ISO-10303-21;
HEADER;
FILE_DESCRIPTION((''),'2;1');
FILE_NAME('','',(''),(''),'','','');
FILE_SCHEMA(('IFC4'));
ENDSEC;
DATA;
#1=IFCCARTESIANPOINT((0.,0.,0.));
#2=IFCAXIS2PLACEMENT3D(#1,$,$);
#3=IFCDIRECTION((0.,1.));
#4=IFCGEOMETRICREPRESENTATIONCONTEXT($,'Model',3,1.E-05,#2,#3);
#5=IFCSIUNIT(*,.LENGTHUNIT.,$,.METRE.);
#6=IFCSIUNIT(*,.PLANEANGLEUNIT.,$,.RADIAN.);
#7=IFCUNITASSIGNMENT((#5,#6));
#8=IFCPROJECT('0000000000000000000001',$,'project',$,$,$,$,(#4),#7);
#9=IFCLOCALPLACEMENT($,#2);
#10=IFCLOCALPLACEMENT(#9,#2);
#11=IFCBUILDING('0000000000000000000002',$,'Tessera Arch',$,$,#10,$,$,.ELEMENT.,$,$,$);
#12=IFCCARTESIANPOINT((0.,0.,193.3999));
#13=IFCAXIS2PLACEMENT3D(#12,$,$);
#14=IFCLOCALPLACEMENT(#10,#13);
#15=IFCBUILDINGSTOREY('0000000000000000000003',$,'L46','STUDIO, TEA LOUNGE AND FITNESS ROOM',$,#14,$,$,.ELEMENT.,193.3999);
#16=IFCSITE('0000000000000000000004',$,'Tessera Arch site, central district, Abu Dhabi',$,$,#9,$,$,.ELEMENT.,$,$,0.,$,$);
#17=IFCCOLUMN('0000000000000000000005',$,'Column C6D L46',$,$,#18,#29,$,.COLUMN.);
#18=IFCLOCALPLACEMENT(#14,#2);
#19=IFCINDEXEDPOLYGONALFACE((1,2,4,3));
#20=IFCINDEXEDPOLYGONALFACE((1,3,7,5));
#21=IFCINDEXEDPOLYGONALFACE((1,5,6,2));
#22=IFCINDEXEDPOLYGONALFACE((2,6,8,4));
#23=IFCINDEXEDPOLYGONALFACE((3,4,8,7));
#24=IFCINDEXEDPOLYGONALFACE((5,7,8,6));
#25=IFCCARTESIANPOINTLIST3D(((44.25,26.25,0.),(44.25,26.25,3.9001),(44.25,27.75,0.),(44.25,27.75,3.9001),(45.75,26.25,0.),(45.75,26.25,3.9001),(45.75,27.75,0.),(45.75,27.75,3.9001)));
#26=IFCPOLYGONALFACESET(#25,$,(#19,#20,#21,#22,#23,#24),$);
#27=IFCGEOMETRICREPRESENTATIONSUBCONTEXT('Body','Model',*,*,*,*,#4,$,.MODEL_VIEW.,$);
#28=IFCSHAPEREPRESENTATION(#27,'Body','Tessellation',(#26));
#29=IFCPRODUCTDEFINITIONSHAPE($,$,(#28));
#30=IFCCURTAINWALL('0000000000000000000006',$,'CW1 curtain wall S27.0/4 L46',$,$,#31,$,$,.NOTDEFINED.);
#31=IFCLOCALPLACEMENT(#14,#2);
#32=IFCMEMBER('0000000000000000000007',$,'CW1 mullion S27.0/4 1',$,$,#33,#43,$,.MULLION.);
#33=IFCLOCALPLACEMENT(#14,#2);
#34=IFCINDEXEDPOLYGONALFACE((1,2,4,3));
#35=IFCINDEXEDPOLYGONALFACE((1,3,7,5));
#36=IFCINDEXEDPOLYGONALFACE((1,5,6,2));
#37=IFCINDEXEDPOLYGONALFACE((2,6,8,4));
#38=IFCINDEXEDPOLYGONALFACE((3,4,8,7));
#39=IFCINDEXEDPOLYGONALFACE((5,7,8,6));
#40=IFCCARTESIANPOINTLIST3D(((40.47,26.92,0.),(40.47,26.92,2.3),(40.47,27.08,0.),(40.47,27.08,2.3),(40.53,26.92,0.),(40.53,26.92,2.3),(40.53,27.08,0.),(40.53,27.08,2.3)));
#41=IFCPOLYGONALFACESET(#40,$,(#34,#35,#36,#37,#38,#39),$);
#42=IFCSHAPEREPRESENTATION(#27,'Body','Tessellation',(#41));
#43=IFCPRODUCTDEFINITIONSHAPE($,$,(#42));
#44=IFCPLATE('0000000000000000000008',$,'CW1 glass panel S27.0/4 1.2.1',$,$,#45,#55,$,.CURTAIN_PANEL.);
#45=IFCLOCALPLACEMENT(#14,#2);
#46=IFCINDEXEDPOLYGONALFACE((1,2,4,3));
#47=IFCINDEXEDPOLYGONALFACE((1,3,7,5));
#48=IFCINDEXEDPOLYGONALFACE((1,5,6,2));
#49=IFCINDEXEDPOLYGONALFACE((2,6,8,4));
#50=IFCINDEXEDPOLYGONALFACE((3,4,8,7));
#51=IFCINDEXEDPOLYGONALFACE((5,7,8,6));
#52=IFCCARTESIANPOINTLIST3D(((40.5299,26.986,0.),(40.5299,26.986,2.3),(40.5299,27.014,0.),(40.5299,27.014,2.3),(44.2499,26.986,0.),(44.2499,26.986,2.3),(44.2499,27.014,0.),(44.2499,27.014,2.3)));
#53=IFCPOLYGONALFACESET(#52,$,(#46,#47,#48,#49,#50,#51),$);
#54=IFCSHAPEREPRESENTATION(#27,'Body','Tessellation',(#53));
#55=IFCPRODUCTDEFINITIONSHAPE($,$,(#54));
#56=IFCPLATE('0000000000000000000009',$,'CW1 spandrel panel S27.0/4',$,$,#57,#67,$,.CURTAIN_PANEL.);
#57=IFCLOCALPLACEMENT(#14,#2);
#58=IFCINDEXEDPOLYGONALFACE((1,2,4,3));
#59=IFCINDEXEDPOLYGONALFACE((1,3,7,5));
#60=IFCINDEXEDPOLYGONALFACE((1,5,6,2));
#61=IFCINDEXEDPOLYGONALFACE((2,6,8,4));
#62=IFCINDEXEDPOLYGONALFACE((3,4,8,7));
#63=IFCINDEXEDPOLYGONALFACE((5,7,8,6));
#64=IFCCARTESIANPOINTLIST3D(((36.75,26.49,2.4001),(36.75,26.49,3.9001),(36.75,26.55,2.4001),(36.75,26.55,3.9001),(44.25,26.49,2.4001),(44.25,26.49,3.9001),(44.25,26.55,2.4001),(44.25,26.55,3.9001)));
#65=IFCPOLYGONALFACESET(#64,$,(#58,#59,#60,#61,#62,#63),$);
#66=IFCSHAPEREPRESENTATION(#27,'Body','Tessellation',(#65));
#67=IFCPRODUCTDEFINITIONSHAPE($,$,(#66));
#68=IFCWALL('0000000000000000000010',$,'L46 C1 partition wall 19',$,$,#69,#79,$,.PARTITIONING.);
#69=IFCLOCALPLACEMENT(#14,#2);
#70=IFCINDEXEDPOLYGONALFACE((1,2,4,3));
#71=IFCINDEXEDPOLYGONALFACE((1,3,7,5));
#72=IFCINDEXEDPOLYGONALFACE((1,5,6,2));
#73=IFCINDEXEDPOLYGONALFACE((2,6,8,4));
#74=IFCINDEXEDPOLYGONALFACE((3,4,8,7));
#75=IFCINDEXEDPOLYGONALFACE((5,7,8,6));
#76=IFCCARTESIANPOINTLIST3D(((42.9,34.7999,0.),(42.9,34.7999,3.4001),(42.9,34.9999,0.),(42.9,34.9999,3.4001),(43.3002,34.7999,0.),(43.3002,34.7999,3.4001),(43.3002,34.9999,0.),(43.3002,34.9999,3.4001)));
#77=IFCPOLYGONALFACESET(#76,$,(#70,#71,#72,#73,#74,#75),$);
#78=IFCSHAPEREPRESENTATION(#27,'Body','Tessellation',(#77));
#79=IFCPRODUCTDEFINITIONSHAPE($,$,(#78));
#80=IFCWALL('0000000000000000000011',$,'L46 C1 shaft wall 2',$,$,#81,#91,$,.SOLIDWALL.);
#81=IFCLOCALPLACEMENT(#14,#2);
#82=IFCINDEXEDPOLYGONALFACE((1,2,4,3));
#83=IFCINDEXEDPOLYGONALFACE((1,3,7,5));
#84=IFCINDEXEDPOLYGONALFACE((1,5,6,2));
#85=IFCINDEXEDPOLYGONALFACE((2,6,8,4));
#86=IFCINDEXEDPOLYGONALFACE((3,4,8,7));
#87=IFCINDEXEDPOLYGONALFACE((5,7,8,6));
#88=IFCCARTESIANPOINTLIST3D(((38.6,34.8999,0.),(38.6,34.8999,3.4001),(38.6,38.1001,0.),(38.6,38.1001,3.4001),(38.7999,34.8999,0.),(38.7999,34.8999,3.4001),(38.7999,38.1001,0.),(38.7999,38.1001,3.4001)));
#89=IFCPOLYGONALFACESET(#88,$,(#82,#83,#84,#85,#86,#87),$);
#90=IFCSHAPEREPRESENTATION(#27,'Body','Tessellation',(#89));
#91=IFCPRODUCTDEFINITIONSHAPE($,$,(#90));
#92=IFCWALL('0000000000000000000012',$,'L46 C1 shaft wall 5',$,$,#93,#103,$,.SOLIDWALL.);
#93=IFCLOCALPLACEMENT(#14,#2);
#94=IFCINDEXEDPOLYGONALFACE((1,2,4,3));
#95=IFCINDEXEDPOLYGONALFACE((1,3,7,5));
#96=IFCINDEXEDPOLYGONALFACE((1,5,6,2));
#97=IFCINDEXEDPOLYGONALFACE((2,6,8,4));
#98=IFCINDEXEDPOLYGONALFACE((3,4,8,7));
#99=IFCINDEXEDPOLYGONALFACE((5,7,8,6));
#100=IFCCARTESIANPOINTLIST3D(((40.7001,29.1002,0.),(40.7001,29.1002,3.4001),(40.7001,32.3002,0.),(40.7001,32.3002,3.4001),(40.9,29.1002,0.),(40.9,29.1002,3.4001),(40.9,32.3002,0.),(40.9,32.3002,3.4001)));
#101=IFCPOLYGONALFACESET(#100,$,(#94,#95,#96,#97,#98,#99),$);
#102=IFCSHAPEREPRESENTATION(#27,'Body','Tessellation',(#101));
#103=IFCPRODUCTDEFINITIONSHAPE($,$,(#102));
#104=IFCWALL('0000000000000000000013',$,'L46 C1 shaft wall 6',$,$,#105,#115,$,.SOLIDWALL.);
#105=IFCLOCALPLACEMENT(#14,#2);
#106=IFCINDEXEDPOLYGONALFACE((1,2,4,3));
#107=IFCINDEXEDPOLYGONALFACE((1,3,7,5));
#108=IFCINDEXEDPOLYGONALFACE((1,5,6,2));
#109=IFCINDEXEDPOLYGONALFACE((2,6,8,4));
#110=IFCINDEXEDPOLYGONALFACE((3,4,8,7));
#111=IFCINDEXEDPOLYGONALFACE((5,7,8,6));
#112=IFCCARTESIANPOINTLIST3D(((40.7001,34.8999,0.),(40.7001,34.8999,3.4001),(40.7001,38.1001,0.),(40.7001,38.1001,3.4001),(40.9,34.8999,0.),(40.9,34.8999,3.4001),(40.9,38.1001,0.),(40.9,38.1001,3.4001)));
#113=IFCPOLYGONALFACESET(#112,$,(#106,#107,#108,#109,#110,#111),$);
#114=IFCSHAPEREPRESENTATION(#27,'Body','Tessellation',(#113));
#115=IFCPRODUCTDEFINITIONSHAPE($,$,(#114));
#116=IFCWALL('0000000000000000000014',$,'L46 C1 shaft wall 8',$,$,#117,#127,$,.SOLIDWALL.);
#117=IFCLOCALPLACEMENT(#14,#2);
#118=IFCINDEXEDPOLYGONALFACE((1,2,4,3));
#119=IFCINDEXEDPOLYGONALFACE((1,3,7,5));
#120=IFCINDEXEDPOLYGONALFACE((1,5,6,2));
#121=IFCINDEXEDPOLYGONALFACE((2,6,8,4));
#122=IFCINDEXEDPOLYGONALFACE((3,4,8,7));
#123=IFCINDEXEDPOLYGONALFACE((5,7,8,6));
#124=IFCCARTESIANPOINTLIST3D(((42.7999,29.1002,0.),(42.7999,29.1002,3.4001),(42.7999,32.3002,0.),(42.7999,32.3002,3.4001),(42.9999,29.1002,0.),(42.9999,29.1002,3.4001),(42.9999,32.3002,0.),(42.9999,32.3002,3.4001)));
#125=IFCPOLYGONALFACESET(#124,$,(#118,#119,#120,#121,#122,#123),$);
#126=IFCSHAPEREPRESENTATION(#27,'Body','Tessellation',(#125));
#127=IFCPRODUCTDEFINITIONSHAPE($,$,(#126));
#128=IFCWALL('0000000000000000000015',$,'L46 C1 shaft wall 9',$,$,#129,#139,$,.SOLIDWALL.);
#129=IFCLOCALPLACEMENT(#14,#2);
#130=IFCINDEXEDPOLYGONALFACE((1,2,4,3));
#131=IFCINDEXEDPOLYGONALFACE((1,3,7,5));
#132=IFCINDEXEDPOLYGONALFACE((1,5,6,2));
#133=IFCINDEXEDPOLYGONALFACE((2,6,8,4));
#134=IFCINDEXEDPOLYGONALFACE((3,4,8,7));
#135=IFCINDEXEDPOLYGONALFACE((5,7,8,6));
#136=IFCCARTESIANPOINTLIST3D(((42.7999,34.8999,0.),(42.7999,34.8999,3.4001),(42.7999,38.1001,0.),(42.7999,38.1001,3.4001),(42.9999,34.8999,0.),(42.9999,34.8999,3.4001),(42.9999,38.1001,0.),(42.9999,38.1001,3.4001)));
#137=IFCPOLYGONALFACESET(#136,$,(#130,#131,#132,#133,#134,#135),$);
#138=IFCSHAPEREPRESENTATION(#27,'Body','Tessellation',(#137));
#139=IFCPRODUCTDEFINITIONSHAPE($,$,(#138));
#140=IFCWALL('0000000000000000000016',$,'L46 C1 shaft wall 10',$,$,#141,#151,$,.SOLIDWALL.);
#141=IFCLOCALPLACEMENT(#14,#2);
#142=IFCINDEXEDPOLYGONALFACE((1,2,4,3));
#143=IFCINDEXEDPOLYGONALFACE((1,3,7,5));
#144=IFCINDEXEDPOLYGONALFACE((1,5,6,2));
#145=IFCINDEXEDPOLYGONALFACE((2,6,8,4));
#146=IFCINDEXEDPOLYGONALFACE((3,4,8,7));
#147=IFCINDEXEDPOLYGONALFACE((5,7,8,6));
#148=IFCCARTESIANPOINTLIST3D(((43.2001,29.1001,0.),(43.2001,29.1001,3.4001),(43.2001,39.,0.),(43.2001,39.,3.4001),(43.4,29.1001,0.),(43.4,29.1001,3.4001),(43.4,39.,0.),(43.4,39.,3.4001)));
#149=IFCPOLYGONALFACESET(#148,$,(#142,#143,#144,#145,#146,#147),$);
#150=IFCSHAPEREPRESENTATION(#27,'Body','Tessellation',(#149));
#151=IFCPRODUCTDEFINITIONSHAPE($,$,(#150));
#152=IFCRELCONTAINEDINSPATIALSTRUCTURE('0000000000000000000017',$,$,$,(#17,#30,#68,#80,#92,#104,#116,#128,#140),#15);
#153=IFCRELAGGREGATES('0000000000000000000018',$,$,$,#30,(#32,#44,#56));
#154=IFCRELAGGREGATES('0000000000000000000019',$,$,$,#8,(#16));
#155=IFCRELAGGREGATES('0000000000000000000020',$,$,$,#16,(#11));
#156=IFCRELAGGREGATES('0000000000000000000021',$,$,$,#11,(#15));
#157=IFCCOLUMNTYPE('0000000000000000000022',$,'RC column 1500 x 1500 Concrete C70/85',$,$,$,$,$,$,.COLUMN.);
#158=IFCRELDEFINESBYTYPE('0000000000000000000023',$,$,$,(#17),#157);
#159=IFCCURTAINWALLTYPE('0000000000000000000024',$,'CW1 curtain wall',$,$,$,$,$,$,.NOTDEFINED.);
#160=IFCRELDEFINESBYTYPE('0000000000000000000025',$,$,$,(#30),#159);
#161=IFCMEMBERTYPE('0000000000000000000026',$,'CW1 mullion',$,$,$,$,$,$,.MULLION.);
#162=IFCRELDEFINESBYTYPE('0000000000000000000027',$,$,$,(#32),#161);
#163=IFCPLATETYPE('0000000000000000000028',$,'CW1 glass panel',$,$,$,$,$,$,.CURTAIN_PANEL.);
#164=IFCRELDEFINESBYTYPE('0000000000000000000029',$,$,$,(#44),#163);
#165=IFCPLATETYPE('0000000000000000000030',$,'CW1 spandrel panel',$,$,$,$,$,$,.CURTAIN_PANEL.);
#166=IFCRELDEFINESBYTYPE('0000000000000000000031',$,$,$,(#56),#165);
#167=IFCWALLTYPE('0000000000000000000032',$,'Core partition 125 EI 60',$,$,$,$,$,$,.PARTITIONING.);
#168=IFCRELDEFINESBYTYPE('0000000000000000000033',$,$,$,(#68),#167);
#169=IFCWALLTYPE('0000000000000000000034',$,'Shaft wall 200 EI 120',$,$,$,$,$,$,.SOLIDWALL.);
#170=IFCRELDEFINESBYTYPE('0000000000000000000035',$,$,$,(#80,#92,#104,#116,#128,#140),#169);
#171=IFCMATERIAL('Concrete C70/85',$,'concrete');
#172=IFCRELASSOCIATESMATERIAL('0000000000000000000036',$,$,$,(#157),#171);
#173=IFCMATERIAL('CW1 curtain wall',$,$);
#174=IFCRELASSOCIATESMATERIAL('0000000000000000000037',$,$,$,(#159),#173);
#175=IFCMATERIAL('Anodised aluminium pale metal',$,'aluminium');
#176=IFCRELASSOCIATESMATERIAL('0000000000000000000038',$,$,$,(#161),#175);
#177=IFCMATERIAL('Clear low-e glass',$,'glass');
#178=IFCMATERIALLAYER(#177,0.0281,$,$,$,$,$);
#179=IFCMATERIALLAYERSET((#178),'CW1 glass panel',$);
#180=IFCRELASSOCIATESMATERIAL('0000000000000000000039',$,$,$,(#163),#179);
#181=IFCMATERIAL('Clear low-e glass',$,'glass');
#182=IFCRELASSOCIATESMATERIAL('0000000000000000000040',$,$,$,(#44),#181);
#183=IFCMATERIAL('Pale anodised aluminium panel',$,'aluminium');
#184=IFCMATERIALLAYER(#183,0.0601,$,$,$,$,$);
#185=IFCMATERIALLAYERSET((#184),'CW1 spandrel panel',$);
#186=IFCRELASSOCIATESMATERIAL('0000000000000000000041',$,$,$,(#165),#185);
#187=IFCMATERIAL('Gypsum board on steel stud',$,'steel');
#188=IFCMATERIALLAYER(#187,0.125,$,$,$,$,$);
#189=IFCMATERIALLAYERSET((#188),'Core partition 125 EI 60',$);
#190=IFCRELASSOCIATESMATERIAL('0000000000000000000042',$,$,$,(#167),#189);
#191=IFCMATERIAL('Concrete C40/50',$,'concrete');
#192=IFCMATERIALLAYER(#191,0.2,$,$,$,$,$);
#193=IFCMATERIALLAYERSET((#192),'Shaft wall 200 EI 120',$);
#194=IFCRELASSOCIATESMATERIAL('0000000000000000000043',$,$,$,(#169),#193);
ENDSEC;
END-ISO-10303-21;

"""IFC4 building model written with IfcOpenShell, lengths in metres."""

from ifc_helpers import new_model, si_unit, direction, frame, frame_2d, origin, origin_2d, place, context, subcontext, project, spatial, rectangle, extrude, material, layer, layer_set, material_profile, profile_set, type_object, element, aggregate, save


model = new_model("IFC4")

# Units and contexts
model_context = context("Model", 3, precision=1e-05, world=origin(), true_north=direction((0.0, 1.0)))
body_context = subcontext(model_context, "Body", "Model", "MODEL_VIEW")
ifc_project = project(units=[si_unit("LENGTHUNIT", "METRE"), si_unit("PLANEANGLEUNIT", "RADIAN")], contexts=[model_context])

# Site, building, storey
site_placement = place(None, origin())
site = spatial("IfcSite", under=ifc_project, at=site_placement, Name="Tessera Arch site, central district, Abu Dhabi", CompositionType="ELEMENT", RefElevation=0.0)
building_placement = place(site_placement, origin())
building = spatial("IfcBuilding", under=site, at=building_placement, Name="Tessera Arch", CompositionType="ELEMENT")
storey_placement = place(building_placement, frame((0.0, 0.0, 193.3999)))
storey = spatial("IfcBuildingStorey", under=building, at=storey_placement, Name="L46", Description="STUDIO, TEA LOUNGE AND FITNESS ROOM", CompositionType="ELEMENT", Elevation=193.3999)

# Column
ifc_material_1 = material(Name="Concrete C70/85", Category="concrete")
ifc_material_profile_1 = material_profile(ifc_material_1, rectangle(XDim=1.5, YDim=1.5, at=origin_2d()), Name="RC column 1500 x 1500 Concrete C70/85")
ifc_profile_set_1 = profile_set([ifc_material_profile_1], Name="Concrete C70/85")
column_type = type_object("IfcColumnType", Name="RC column 1500 x 1500 Concrete C70/85", PredefinedType="COLUMN", material=ifc_profile_set_1)
column_placement = place(storey_placement, frame((45.0, 27.0, 0.0), z_axis=(0.0, 0.0, 1.0), x_axis=(1.0, 0.0, 0.0)))
element("IfcColumn", 1, at=column_placement, inside=storey, type_object=column_type, Name="Column C6D L46", PredefinedType="COLUMN", context=body_context, shape_type="SweptSolid", body=[
    extrude(rectangle(XDim=1.5, YDim=1.5, at=origin_2d()), origin(), (0.0, 0.0, 1.0), 3.9001),
])

# Curtain wall, member, plates
ifc_material_2 = material(Name="CW1 curtain wall")
curtain_wall_type = type_object("IfcCurtainWallType", Name="CW1 curtain wall", PredefinedType="NOTDEFINED", material=ifc_material_2)
curtain_wall_placement = place(storey_placement, origin())
curtain_wall = element("IfcCurtainWall", 2, at=curtain_wall_placement, inside=storey, type_object=curtain_wall_type, Name="CW1 curtain wall S27.0/4 L46", PredefinedType="NOTDEFINED")
ifc_material_3 = material(Name="Anodised aluminium pale metal", Category="aluminium")
ifc_material_profile_2 = material_profile(ifc_material_3, rectangle(XDim=0.1599, YDim=0.0601, at=origin_2d()), Name="AL 60x160")
ifc_profile_set_2 = profile_set([ifc_material_profile_2], Name="Anodised aluminium pale metal")
member_type = type_object("IfcMemberType", Name="CW1 mullion", PredefinedType="MULLION", material=ifc_profile_set_2)
member_placement = place(storey_placement, frame((40.5, 27.0, 0.0), z_axis=(0.0, 0.0, 1.0), x_axis=(0.0, 1.0, 0.0)))
member = element("IfcMember", 3, at=member_placement, type_object=member_type, Name="CW1 mullion S27.0/4 1", PredefinedType="MULLION", context=body_context, shape_type="SweptSolid", body=[
    extrude(rectangle(XDim=0.1599, YDim=0.0601, at=origin_2d()), origin(), (0.0, 0.0, 1.0), 2.3),
])
ifc_material_4 = material(Name="Clear low-e glass", Category="glass")
ifc_material_5 = material(Name="Clear low-e glass", Category="glass")
ifc_layer_1 = layer(ifc_material_5, 0.0281)
ifc_layer_set_1 = layer_set([ifc_layer_1], Name="CW1 glass panel")
plate_type_1 = type_object("IfcPlateType", Name="CW1 glass panel", PredefinedType="CURTAIN_PANEL", material=ifc_layer_set_1)
plate_1_placement = place(storey_placement, frame((42.3899, 27.0, 0.0), z_axis=(0.0, 0.0, 1.0), x_axis=(1.0, 0.0, 0.0)))
plate_1 = element("IfcPlate", 4, at=plate_1_placement, type_object=plate_type_1, material=ifc_material_4, Name="CW1 glass panel S27.0/4 1.2.1", PredefinedType="CURTAIN_PANEL", context=body_context, shape_type="SweptSolid", body=[
    extrude(rectangle(XDim=3.72, YDim=0.0281, at=origin_2d()), origin(), (0.0, 0.0, 1.0), 2.3),
])
ifc_material_6 = material(Name="Pale anodised aluminium panel", Category="aluminium")
ifc_layer_2 = layer(ifc_material_6, 0.0601)
ifc_layer_set_2 = layer_set([ifc_layer_2], Name="CW1 spandrel panel")
plate_type_2 = type_object("IfcPlateType", Name="CW1 spandrel panel", PredefinedType="CURTAIN_PANEL", material=ifc_layer_set_2)
plate_2_placement = place(storey_placement, frame((40.5, 26.52, 2.4001), z_axis=(0.0, 0.0, 1.0), x_axis=(1.0, 0.0, 0.0)))
plate_2 = element("IfcPlate", 5, at=plate_2_placement, type_object=plate_type_2, Name="CW1 spandrel panel S27.0/4", PredefinedType="CURTAIN_PANEL", context=body_context, shape_type="SweptSolid", body=[
    extrude(rectangle(XDim=7.5, YDim=0.0601, at=origin_2d()), origin(), (0.0, 0.0, 1.0), 1.5),
])
aggregate(curtain_wall, [member, plate_1, plate_2])

# Walls
ifc_material_7 = material(Name="Gypsum board on steel stud", Category="steel")
ifc_layer_3 = layer(ifc_material_7, 0.125)
ifc_layer_set_3 = layer_set([ifc_layer_3], Name="Core partition 125 EI 60")
wall_type_1 = type_object("IfcWallType", Name="Core partition 125 EI 60", PredefinedType="PARTITIONING", material=ifc_layer_set_3)
wall_1_placement = place(storey_placement, frame((42.8999, 34.8999, 0.0), z_axis=(0.0, 0.0, 1.0), x_axis=(1.0, 0.0, 0.0)))
element("IfcWall", 6, at=wall_1_placement, inside=storey, type_object=wall_type_1, Name="L46 C1 partition wall 19", PredefinedType="PARTITIONING", context=body_context, shape_type="SweptSolid", body=[
    extrude(rectangle(XDim=0.4001, YDim=0.2, at=frame_2d((0.2002, 0.0))), origin(), (0.0, 0.0, 1.0), 3.4001),
])
ifc_material_8 = material(Name="Concrete C40/50", Category="concrete")
ifc_layer_4 = layer(ifc_material_8, 0.2)
ifc_layer_set_4 = layer_set([ifc_layer_4], Name="Shaft wall 200 EI 120")
wall_type_2 = type_object("IfcWallType", Name="Shaft wall 200 EI 120", PredefinedType="SOLIDWALL", material=ifc_layer_set_4)
wall_2_placement = place(storey_placement, frame((38.7, 34.8999, 0.0), z_axis=(0.0, 0.0, 1.0), x_axis=(0.0, 1.0, 0.0)))
element("IfcWall", 7, at=wall_2_placement, inside=storey, type_object=wall_type_2, Name="L46 C1 shaft wall 2", PredefinedType="SOLIDWALL", context=body_context, shape_type="SweptSolid", body=[
    extrude(rectangle(XDim=3.2002, YDim=0.2, at=frame_2d((1.6001, 0.0))), origin(), (0.0, 0.0, 1.0), 3.4001),
])
wall_3_placement = place(storey_placement, frame((40.8, 29.1001, 0.0), z_axis=(0.0, 0.0, 1.0), x_axis=(0.0, 1.0, 0.0)))
element("IfcWall", 8, at=wall_3_placement, inside=storey, type_object=wall_type_2, Name="L46 C1 shaft wall 5", PredefinedType="SOLIDWALL", context=body_context, shape_type="SweptSolid", body=[
    extrude(rectangle(XDim=3.2, YDim=0.2, at=frame_2d((1.6001, 0.0))), origin(), (0.0, 0.0, 1.0), 3.4001),
])
wall_4_placement = place(storey_placement, frame((40.8, 34.8999, 0.0), z_axis=(0.0, 0.0, 1.0), x_axis=(0.0, 1.0, 0.0)))
element("IfcWall", 9, at=wall_4_placement, inside=storey, type_object=wall_type_2, Name="L46 C1 shaft wall 6", PredefinedType="SOLIDWALL", context=body_context, shape_type="SweptSolid", body=[
    extrude(rectangle(XDim=3.2002, YDim=0.2, at=frame_2d((1.6001, 0.0))), origin(), (0.0, 0.0, 1.0), 3.4001),
])
wall_5_placement = place(storey_placement, frame((42.8999, 29.1001, 0.0), z_axis=(0.0, 0.0, 1.0), x_axis=(0.0, 1.0, 0.0)))
element("IfcWall", 10, at=wall_5_placement, inside=storey, type_object=wall_type_2, Name="L46 C1 shaft wall 8", PredefinedType="SOLIDWALL", context=body_context, shape_type="SweptSolid", body=[
    extrude(rectangle(XDim=3.2, YDim=0.2, at=frame_2d((1.6001, 0.0))), origin(), (0.0, 0.0, 1.0), 3.4001),
])
wall_6_placement = place(storey_placement, frame((42.8999, 34.8999, 0.0), z_axis=(0.0, 0.0, 1.0), x_axis=(0.0, 1.0, 0.0)))
element("IfcWall", 11, at=wall_6_placement, inside=storey, type_object=wall_type_2, Name="L46 C1 shaft wall 9", PredefinedType="SOLIDWALL", context=body_context, shape_type="SweptSolid", body=[
    extrude(rectangle(XDim=3.2002, YDim=0.2, at=frame_2d((1.6001, 0.0))), origin(), (0.0, 0.0, 1.0), 3.4001),
])
wall_7_placement = place(storey_placement, frame((43.3, 29.1001, 0.0), z_axis=(0.0, 0.0, 1.0), x_axis=(0.0, 1.0, 0.0)))
element("IfcWall", 12, at=wall_7_placement, inside=storey, type_object=wall_type_2, Name="L46 C1 shaft wall 10", PredefinedType="SOLIDWALL", context=body_context, shape_type="SweptSolid", body=[
    extrude(rectangle(XDim=9.8999, YDim=0.2, at=frame_2d((4.95, 0.0))), origin(), (0.0, 0.0, 1.0), 3.4001),
])

save(model, "model.ifc")
